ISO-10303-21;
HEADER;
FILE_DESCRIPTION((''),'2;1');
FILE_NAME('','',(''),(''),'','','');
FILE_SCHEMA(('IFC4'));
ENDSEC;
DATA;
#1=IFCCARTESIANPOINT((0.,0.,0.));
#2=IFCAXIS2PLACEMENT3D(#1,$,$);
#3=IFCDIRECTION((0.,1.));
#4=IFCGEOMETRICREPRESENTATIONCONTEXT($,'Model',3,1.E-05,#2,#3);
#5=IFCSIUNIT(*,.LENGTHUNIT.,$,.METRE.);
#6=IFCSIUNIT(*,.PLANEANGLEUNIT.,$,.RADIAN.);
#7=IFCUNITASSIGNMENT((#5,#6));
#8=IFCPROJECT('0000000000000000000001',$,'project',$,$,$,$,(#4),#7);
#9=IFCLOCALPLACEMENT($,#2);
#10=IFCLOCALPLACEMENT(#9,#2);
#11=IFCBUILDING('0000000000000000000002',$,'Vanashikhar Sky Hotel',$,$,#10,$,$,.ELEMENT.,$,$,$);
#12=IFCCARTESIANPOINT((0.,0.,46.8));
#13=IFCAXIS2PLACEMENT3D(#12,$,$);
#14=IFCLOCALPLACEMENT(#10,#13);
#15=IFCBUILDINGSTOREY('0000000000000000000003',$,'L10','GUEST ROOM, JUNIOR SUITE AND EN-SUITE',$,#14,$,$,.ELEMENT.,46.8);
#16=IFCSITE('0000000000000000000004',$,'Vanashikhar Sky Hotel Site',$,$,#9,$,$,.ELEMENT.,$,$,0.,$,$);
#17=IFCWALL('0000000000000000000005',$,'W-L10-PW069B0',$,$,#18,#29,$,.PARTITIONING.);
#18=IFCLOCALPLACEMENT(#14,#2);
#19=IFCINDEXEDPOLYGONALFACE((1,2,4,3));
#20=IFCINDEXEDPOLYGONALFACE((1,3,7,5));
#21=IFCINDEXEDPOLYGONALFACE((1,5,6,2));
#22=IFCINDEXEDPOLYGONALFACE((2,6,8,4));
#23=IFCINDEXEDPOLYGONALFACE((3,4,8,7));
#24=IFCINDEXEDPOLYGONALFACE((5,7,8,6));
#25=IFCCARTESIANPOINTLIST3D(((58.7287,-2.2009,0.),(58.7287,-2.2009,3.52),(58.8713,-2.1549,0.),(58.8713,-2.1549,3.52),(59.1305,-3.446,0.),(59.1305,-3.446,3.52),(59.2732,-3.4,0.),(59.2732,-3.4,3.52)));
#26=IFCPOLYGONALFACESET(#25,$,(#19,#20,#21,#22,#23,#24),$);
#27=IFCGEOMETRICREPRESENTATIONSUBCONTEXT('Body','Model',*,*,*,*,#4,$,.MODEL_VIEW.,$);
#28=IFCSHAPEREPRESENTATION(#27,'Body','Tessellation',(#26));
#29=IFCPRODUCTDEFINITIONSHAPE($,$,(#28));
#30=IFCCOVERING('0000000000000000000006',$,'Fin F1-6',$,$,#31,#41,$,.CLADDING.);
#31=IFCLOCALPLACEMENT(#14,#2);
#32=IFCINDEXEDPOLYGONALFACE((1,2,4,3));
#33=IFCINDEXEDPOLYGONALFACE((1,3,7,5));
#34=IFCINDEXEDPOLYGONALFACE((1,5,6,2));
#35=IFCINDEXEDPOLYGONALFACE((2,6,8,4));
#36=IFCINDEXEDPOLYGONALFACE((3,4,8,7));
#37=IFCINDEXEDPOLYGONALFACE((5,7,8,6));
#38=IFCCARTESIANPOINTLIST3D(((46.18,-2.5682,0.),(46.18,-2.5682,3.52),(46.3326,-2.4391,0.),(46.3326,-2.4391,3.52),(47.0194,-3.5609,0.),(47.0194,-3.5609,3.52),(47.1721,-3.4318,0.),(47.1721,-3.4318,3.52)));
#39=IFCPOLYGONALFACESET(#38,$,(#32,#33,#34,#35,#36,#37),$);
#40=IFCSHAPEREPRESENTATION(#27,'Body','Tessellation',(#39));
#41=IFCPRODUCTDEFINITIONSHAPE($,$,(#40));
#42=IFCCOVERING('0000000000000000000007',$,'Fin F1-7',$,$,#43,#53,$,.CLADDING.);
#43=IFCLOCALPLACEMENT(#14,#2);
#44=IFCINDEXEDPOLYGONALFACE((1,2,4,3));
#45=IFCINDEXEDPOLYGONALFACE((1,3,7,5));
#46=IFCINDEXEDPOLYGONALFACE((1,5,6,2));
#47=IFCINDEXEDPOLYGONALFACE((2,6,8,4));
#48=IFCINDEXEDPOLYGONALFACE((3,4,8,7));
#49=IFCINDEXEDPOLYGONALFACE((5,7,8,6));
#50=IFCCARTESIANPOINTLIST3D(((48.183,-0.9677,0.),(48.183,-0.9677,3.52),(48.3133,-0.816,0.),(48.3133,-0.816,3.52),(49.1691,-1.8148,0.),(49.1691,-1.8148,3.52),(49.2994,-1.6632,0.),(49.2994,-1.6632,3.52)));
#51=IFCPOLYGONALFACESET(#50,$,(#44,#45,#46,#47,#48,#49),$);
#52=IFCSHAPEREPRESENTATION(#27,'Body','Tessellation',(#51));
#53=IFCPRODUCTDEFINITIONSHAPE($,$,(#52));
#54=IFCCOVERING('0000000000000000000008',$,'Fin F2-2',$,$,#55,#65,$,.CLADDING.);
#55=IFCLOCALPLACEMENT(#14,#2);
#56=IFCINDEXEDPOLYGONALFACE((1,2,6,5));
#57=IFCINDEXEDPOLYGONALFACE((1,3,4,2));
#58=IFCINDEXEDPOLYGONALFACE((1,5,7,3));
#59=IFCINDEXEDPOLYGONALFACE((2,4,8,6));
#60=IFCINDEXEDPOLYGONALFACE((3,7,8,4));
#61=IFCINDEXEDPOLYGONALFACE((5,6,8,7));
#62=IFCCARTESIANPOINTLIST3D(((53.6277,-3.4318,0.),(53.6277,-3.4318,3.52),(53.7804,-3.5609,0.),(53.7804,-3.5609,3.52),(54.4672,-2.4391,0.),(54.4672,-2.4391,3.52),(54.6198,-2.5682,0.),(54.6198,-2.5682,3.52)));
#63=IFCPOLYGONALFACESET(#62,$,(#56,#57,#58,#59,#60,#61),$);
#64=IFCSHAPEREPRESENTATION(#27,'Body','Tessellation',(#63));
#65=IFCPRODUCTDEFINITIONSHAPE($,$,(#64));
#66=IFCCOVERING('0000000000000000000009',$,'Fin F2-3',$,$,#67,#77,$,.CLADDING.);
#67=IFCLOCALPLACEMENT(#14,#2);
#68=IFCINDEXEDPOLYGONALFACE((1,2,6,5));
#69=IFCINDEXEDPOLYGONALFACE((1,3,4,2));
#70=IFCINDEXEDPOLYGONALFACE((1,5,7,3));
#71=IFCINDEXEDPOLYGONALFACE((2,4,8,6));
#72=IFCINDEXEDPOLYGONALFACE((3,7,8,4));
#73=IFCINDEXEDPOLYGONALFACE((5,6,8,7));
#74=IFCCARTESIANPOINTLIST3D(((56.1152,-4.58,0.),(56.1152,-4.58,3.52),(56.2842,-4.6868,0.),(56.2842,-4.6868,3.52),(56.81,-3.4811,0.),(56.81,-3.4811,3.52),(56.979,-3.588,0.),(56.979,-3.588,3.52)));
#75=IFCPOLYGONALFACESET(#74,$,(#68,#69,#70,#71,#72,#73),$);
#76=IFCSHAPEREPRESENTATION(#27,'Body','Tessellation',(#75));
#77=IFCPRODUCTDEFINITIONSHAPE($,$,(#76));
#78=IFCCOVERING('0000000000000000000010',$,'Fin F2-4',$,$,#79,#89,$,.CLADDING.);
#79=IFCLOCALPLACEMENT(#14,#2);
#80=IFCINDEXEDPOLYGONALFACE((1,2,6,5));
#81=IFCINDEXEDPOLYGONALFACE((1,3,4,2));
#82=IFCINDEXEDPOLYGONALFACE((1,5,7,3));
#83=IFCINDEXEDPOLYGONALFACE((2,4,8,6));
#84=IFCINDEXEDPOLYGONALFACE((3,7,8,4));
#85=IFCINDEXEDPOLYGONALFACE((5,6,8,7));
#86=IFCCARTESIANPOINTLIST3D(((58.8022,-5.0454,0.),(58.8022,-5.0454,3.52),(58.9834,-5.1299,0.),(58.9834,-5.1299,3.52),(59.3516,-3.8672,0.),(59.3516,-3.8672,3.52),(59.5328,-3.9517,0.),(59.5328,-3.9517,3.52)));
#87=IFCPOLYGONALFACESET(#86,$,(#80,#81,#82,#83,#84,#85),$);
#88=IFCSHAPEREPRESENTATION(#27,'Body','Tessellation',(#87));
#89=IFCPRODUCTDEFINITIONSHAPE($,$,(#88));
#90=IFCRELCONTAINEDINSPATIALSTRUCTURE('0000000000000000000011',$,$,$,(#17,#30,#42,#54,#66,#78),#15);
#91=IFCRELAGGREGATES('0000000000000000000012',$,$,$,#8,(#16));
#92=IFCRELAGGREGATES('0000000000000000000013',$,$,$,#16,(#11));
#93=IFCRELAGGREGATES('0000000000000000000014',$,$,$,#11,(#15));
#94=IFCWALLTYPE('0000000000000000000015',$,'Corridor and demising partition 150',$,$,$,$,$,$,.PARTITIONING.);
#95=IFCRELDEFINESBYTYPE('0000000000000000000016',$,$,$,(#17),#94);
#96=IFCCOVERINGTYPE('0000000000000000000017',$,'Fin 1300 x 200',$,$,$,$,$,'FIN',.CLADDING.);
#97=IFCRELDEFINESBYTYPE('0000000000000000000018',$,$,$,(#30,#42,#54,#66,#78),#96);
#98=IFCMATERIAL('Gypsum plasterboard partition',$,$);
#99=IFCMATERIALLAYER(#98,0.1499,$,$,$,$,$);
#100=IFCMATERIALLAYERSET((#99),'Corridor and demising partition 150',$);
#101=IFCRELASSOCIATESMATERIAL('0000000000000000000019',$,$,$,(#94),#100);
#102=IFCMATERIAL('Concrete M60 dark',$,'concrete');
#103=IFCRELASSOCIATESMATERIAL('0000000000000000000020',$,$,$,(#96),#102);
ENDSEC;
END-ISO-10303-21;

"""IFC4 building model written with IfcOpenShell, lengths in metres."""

from ifc_helpers import new_model, si_unit, direction, frame, frame_2d, origin, origin_2d, place, context, subcontext, project, spatial, rectangle, extrude, source, transform, mapped, material, layer, layer_set, material_profile, profile_set, type_object, element, save


model = new_model("IFC4")

# Units and contexts
model_context = context("Model", 3, precision=1e-05, world=origin(), true_north=direction((0.0, 1.0)))
body_context = subcontext(model_context, "Body", "Model", "MODEL_VIEW")
ifc_project = project(units=[si_unit("LENGTHUNIT", "METRE"), si_unit("PLANEANGLEUNIT", "RADIAN")], contexts=[model_context])

# Site, building, storey
site_placement = place(None, origin())
site = spatial("IfcSite", under=ifc_project, at=site_placement, Name="Vanashikhar Sky Hotel Site", CompositionType="ELEMENT", RefElevation=0.0)
building_placement = place(site_placement, origin())
building = spatial("IfcBuilding", under=site, at=building_placement, Name="Vanashikhar Sky Hotel", CompositionType="ELEMENT")
storey_placement = place(building_placement, frame((0.0, 0.0, 46.8)))
storey = spatial("IfcBuildingStorey", under=building, at=storey_placement, Name="L10", Description="GUEST ROOM, JUNIOR SUITE AND EN-SUITE", CompositionType="ELEMENT", Elevation=46.8)

# Wall
ifc_material_1 = material(Name="Gypsum plasterboard partition")
ifc_layer_1 = layer(ifc_material_1, 0.1499)
ifc_layer_set_1 = layer_set([ifc_layer_1], Name="Corridor and demising partition 150")
wall_type_1 = type_object("IfcWallType", Name="Corridor and demising partition 150", PredefinedType="PARTITIONING", material=ifc_layer_set_1)
shared_shape_1 = source(origin(), body_context, "Body", "SweptSolid", [
    extrude(rectangle(XDim=1.3083, YDim=0.1499, at=frame_2d((0.6543, 0.0))), origin(), (0.0, 0.0, 1.0), 3.52),
])
wall_1_placement = place(storey_placement, frame((59.2019, -3.4231, 0.0), z_axis=(0.0, 0.0, 1.0), x_axis=(-0.307145, 0.951663, 0.0)))
element("IfcWall", 1, at=wall_1_placement, inside=storey, type_object=wall_type_1, Name="W-L10-PW069B0", PredefinedType="PARTITIONING", context=body_context, shape_type="MappedRepresentation", body=[
    mapped(shared_shape_1, transform((0.0, 0.0, 0.0), scale=1.0)),
])

# Coverings
ifc_material_2 = material(Name="Concrete M60 dark", Category="concrete")
ifc_material_profile = material_profile(ifc_material_2, rectangle(XDim=1.3, YDim=0.2, at=origin_2d()))
ifc_profile_set = profile_set([ifc_material_profile], Name="Fin 1300 x 200")
covering_type = type_object("IfcCoveringType", Name="Fin 1300 x 200", ElementType="FIN", PredefinedType="CLADDING", material=ifc_profile_set)
shared_shape_2 = source(origin(), body_context, "Body", "SweptSolid", [
    extrude(rectangle(XDim=1.3, YDim=0.2, at=origin_2d()), origin(), (0.0, 0.0, 1.0), 3.52),
])
for number, where, z_axis, x_axis, name in (
    (2, (46.676, -3.0, 0.0), (0.0, 0.0, 1.0), (0.645698, -0.763593, 0.0), "Fin F1-6"),
    (3, (48.7412, -1.3154, 0.0), (0.0, 0.0, 1.0), (0.758544, -0.651622, 0.0), "Fin F1-7"),
    (4, (54.1238, -3.0, 0.0), (0.0, 0.0, 1.0), (-0.645698, -0.763593, 0.0), "Fin F2-2"),
    (5, (56.5471, -4.084, 0.0), (0.0, 0.0, 1.0), (-0.534411, -0.845225, 0.0), "Fin F2-3"),
    (6, (59.1675, -4.4985, 0.0), (0.0, 0.0, 1.0), (-0.422618, -0.906308, 0.0), "Fin F2-4"),
):
    element("IfcCovering", number, at=place(storey_placement, frame(where, z_axis=z_axis, x_axis=x_axis)), inside=storey, type_object=covering_type, Name=name, PredefinedType="CLADDING", context=body_context, shape_type="MappedRepresentation", body=[
        mapped(shared_shape_2, transform((0.0, 0.0, 0.0), scale=1.0)),
    ])

save(model, "model.ifc")
